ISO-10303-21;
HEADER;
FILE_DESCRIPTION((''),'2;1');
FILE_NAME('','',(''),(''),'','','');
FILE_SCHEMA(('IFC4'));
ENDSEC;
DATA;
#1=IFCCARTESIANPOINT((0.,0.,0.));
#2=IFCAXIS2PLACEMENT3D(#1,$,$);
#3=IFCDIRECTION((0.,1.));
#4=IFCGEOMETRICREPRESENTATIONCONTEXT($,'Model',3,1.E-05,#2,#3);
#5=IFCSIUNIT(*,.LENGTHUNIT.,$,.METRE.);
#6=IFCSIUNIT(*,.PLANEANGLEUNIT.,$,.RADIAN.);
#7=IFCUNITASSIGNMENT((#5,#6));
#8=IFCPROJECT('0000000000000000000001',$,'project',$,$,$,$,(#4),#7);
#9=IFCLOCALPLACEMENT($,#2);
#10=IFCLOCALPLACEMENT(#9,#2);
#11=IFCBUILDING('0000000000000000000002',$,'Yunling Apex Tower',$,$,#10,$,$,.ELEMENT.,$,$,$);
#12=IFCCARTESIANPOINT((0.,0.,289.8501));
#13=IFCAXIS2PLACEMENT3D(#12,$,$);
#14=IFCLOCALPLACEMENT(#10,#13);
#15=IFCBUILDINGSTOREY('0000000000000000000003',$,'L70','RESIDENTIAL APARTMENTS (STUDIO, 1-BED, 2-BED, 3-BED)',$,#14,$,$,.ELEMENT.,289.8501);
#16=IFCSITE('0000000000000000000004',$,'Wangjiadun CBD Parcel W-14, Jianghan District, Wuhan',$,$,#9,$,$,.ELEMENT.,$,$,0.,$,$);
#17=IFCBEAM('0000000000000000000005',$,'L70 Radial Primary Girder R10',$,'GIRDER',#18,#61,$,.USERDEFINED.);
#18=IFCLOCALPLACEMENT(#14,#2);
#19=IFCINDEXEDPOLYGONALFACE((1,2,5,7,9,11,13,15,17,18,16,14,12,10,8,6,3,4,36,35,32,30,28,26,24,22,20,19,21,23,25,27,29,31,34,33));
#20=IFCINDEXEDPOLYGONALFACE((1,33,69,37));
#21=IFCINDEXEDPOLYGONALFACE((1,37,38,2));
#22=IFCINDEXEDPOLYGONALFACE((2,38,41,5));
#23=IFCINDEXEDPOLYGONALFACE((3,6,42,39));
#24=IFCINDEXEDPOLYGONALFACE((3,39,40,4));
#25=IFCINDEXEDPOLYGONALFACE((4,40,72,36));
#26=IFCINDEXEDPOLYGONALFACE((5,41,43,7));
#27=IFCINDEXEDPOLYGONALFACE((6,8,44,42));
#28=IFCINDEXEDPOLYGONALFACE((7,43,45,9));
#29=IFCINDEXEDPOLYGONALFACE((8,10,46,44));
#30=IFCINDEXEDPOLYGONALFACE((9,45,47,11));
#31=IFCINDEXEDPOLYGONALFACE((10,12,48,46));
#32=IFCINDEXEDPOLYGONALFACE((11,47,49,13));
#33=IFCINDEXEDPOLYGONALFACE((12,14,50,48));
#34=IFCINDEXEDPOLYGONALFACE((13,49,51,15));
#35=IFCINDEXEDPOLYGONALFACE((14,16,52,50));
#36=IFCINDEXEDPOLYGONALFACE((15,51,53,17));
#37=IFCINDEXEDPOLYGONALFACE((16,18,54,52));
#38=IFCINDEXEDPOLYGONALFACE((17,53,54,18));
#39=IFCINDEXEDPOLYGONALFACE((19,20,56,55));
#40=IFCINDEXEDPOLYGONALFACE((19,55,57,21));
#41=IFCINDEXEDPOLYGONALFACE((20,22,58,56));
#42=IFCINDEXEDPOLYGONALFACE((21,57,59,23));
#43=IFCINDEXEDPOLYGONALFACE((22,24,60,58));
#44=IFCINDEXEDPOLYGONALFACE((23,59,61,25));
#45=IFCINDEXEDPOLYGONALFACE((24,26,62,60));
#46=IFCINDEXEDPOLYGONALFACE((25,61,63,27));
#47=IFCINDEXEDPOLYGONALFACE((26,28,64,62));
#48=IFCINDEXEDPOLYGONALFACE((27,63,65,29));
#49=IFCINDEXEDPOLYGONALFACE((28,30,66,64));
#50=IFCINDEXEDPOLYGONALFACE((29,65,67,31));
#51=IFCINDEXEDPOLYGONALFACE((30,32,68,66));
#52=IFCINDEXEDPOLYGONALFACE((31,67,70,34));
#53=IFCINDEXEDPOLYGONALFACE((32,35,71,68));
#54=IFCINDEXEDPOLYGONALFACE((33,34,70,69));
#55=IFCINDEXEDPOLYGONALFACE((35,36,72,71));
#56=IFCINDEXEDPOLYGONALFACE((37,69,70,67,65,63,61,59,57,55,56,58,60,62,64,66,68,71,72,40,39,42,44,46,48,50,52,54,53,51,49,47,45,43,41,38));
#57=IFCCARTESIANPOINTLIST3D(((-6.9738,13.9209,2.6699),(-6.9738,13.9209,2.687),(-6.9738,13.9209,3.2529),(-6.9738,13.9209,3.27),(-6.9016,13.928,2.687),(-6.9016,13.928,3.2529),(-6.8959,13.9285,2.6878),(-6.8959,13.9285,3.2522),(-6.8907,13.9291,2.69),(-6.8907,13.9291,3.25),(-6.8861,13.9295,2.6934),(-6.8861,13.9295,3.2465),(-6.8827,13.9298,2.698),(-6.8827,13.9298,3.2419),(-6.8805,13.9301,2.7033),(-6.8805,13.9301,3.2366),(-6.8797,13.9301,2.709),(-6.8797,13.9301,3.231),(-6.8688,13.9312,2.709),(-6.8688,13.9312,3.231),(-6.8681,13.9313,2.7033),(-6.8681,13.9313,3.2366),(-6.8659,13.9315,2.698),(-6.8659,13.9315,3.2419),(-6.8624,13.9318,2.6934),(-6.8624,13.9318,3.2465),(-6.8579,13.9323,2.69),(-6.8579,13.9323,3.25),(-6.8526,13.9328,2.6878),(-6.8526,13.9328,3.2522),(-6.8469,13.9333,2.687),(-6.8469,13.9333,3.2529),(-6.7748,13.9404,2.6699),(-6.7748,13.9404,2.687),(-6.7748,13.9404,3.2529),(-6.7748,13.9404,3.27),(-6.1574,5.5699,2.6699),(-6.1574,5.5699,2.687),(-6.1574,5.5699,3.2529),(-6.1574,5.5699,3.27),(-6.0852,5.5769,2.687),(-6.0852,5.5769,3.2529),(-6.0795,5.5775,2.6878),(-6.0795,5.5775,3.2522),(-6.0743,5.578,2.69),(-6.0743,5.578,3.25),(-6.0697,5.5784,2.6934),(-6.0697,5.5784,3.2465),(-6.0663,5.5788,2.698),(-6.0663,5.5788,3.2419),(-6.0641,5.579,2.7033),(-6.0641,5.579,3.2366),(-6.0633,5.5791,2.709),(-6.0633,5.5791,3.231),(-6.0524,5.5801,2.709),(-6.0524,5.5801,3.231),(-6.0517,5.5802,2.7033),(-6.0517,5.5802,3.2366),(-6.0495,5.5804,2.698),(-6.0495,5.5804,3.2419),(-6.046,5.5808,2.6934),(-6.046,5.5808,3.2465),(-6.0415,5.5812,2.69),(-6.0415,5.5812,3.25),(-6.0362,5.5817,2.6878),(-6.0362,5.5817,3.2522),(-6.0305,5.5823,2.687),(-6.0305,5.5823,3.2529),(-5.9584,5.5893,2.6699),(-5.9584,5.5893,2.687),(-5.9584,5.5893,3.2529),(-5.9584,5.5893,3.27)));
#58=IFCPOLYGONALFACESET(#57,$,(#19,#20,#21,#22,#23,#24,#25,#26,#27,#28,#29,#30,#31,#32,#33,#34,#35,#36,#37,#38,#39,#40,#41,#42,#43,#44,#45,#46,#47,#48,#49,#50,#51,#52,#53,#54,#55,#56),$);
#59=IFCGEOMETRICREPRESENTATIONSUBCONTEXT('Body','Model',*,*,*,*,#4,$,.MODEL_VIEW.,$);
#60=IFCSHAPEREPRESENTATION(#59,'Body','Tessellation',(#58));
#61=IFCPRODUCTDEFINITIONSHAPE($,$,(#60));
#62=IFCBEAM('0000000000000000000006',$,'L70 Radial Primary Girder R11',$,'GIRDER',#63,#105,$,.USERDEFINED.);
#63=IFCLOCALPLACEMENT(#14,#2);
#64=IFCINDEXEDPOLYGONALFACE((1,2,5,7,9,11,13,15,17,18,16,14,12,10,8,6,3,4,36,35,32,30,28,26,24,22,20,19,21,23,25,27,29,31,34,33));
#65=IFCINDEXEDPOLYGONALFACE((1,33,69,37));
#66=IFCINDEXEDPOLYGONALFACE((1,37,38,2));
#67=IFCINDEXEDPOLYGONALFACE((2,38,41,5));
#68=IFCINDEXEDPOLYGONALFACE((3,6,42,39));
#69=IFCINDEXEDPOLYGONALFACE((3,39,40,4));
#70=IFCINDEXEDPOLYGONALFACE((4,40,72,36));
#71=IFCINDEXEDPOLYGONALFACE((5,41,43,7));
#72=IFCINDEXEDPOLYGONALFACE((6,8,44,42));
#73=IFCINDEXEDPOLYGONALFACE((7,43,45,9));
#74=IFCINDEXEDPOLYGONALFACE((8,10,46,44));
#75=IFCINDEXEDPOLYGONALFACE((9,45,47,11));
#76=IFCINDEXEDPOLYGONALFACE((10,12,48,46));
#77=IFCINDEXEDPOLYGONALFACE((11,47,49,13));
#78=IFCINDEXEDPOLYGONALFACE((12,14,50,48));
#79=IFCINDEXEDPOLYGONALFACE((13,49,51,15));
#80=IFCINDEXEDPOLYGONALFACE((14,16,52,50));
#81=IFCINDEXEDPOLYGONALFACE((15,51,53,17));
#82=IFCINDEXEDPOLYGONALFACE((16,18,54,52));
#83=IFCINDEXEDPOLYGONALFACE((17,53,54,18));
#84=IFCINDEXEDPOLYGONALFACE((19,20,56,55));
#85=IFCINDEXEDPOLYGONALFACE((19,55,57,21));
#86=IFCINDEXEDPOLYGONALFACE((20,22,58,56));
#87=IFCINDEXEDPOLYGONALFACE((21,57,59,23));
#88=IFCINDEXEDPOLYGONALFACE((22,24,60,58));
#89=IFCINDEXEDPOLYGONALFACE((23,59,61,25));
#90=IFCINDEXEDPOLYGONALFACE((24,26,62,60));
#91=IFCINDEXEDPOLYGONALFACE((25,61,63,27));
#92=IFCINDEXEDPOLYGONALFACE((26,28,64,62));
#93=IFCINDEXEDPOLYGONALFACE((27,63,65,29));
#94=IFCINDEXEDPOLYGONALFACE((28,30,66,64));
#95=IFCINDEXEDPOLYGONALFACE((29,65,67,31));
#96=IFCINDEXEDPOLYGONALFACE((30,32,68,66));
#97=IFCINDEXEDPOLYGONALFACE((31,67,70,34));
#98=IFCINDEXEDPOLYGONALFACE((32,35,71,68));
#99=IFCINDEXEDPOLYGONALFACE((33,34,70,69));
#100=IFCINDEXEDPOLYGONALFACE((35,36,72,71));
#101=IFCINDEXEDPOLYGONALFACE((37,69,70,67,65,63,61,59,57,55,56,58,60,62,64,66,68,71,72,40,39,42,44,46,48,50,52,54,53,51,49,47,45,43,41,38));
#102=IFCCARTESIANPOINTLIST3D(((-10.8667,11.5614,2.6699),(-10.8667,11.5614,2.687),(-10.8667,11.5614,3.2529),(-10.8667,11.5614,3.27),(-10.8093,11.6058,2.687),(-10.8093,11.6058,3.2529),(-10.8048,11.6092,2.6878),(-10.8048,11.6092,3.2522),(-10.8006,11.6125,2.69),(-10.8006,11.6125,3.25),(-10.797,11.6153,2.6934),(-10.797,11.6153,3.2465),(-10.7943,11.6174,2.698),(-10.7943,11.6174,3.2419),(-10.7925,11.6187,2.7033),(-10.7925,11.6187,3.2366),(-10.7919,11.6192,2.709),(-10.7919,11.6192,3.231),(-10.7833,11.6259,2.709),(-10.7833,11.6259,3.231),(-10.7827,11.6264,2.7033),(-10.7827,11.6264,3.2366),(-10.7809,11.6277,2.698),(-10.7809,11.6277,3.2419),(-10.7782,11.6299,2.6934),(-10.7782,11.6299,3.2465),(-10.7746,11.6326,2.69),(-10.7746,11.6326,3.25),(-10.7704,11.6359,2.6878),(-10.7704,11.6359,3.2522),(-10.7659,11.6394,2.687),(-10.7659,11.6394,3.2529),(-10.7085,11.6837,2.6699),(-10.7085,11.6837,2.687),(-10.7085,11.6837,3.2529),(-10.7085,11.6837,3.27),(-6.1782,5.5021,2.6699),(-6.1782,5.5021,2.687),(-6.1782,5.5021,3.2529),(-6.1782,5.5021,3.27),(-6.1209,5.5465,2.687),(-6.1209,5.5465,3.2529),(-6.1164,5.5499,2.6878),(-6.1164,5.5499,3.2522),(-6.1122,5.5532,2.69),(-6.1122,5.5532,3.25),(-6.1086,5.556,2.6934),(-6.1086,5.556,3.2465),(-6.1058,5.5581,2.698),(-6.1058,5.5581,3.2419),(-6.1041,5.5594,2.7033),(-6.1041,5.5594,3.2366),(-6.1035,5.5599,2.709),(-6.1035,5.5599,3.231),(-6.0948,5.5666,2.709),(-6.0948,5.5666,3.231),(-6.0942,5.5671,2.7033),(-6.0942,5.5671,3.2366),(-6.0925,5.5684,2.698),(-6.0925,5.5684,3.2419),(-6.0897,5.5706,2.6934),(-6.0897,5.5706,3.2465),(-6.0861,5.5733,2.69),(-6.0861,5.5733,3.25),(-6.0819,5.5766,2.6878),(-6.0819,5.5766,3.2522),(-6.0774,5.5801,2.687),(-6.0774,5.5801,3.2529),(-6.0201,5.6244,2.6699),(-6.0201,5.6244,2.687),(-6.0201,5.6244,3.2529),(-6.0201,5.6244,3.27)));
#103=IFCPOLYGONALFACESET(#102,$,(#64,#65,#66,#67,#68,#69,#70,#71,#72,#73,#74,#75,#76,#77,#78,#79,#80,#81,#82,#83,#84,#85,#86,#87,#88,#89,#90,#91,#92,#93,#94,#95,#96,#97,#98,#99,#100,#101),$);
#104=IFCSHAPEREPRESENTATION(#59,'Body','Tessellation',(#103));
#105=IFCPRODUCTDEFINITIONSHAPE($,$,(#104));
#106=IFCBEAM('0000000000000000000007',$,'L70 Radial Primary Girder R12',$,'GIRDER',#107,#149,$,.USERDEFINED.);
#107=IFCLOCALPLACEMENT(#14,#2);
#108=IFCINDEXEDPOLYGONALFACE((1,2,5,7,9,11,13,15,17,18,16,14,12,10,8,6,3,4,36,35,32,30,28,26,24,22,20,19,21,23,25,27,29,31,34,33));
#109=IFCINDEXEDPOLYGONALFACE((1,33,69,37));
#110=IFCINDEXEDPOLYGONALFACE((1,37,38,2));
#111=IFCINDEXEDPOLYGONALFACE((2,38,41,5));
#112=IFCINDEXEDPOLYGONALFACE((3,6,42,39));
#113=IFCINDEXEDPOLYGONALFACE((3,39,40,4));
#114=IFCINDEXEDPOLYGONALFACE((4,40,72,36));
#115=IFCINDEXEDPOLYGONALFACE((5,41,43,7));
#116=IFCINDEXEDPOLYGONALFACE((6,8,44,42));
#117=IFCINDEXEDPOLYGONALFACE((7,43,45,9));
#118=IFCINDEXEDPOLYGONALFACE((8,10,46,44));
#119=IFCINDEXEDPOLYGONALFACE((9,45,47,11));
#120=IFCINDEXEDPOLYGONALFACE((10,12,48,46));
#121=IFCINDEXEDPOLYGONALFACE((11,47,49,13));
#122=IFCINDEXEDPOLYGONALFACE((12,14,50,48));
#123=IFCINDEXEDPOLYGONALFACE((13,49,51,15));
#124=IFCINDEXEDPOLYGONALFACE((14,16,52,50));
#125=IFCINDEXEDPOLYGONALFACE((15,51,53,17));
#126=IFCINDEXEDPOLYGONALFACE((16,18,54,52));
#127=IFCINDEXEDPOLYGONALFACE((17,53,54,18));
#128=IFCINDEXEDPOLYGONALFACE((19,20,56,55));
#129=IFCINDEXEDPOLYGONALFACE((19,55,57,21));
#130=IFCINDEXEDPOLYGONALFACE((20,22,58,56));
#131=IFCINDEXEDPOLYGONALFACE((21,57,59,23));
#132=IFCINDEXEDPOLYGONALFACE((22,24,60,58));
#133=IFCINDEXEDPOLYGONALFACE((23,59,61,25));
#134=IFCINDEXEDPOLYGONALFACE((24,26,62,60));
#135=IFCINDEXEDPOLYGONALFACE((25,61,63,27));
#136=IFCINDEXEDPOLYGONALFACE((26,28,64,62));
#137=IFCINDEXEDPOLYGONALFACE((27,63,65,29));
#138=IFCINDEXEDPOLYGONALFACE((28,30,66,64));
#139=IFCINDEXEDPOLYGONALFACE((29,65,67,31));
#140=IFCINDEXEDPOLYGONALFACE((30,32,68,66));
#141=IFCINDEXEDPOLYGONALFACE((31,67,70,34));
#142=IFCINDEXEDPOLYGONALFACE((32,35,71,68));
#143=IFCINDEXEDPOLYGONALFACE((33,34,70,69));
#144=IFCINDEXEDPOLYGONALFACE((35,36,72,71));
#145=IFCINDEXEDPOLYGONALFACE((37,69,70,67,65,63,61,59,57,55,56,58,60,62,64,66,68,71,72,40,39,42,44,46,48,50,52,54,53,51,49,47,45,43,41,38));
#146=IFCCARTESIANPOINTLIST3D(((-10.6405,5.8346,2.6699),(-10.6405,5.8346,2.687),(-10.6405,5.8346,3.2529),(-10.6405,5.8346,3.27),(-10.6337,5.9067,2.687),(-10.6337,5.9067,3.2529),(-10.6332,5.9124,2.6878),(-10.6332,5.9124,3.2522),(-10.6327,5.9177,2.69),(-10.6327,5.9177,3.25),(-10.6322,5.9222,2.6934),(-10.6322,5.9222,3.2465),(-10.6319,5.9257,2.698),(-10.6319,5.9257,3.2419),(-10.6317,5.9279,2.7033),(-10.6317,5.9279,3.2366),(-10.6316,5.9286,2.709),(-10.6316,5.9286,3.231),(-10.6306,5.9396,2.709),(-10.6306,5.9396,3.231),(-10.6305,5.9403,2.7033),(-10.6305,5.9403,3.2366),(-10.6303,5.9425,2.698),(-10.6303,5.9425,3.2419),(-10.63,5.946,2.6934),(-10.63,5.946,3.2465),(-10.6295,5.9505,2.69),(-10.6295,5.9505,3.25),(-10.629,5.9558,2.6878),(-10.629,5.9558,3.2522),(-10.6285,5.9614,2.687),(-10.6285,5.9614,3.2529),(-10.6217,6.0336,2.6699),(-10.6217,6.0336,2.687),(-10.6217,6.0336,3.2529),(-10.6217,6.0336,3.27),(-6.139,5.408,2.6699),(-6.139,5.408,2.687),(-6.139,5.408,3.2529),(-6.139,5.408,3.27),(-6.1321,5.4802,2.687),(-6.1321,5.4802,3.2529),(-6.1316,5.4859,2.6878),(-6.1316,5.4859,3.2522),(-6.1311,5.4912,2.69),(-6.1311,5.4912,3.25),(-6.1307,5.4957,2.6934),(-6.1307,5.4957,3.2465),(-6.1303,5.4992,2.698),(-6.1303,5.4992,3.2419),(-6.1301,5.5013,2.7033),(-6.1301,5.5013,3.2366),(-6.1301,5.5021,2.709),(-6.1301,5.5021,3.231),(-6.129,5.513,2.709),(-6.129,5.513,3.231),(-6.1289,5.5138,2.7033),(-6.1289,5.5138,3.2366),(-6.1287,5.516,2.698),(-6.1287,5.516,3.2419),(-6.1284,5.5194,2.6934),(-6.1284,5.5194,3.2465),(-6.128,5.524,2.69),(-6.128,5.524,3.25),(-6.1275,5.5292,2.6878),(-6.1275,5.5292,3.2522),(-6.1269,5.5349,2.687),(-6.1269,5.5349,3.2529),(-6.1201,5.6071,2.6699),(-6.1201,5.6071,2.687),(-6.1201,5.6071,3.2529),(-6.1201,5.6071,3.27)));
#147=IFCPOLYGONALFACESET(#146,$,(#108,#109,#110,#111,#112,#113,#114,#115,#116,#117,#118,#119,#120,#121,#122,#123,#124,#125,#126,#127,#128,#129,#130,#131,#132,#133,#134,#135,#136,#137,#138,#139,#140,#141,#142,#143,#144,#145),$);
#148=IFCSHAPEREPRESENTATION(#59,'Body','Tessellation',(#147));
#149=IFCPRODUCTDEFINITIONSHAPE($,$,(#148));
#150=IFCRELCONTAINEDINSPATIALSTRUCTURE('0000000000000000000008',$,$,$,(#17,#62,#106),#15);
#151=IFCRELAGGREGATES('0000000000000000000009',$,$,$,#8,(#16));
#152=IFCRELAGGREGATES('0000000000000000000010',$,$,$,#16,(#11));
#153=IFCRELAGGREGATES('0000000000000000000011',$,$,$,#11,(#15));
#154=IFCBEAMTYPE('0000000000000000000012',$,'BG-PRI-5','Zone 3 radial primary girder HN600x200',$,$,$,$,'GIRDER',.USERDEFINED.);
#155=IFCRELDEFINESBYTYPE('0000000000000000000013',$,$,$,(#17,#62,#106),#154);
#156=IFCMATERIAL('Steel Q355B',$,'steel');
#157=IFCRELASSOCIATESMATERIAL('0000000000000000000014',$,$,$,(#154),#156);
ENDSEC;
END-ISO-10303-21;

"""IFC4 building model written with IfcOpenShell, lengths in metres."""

from ifc_helpers import new_model, si_unit, direction, frame, origin, origin_2d, place, context, subcontext, project, spatial, i_section, extrude, source, transform, mapped, material, material_profile, profile_set, type_object, element, save


model = new_model("IFC4")

# Units and contexts
model_context = context("Model", 3, precision=1e-05, world=origin(), true_north=direction((0.0, 1.0)))
body_context = subcontext(model_context, "Body", "Model", "MODEL_VIEW")
ifc_project = project(units=[si_unit("LENGTHUNIT", "METRE"), si_unit("PLANEANGLEUNIT", "RADIAN")], contexts=[model_context])

# Site, building, storey
site_placement = place(None, origin())
site = spatial("IfcSite", under=ifc_project, at=site_placement, Name="Wangjiadun CBD Parcel W-14, Jianghan District, Wuhan", CompositionType="ELEMENT", RefElevation=0.0)
building_placement = place(site_placement, origin())
building = spatial("IfcBuilding", under=site, at=building_placement, Name="Yunling Apex Tower", CompositionType="ELEMENT")
storey_placement = place(building_placement, frame((0.0, 0.0, 289.8501)))
storey = spatial("IfcBuildingStorey", under=building, at=storey_placement, Name="L70", Description="RESIDENTIAL APARTMENTS (STUDIO, 1-BED, 2-BED, 3-BED)", CompositionType="ELEMENT", Elevation=289.8501)

# Shared definitions
ifc_material_1 = material(Name="Steel Q355B", Category="steel")

# Beams
ifc_material_profile_1 = material_profile(ifc_material_1, i_section(OverallWidth=0.2, OverallDepth=0.6001, WebThickness=0.011, FlangeThickness=0.0171, FilletRadius=0.022, at=origin_2d()))
ifc_profile_set_1 = profile_set([ifc_material_profile_1], Name="Steel Q355B")
beam_type_1 = type_object("IfcBeamType", Name="BG-PRI-5", Description="Zone 3 radial primary girder HN600x200", ElementType="GIRDER", PredefinedType="USERDEFINED", material=ifc_profile_set_1)
shared_shape_1 = source(origin(), body_context, "Body", "SweptSolid", [
    extrude(i_section(OverallWidth=0.2, OverallDepth=0.6001, WebThickness=0.011, FlangeThickness=0.0171, FilletRadius=0.022, at=origin_2d()), origin(), (0.0, 0.0, 1.0), 8.3909),
])
beam_1_placement = place(storey_placement, frame((-6.8743, 13.9307, 2.97), z_axis=(0.097297, -0.995255, 0.0), x_axis=(0.995255, 0.097297, 0.0)))
element("IfcBeam", 1, at=beam_1_placement, inside=storey, type_object=beam_type_1, Name="L70 Radial Primary Girder R10", ObjectType="GIRDER", PredefinedType="USERDEFINED", context=body_context, shape_type="MappedRepresentation", body=[
    mapped(shared_shape_1, transform((0.0, 0.0, 0.0), scale=1.0)),
])
shared_shape_2 = source(origin(), body_context, "Body", "SweptSolid", [
    extrude(i_section(OverallWidth=0.2, OverallDepth=0.6001, WebThickness=0.011, FlangeThickness=0.0171, FilletRadius=0.022, at=origin_2d()), origin(), (0.0, 0.0, 1.0), 7.6614),
])
beam_2_placement = place(storey_placement, frame((-10.7876, 11.6226, 2.97), z_axis=(0.61196, -0.790889, 0.0), x_axis=(0.790889, 0.61196, 0.0)))
element("IfcBeam", 2, at=beam_2_placement, inside=storey, type_object=beam_type_1, Name="L70 Radial Primary Girder R11", ObjectType="GIRDER", PredefinedType="USERDEFINED", context=body_context, shape_type="MappedRepresentation", body=[
    mapped(shared_shape_2, transform((0.0, 0.0, 0.0), scale=1.0)),
])
shared_shape_3 = source(origin(), body_context, "Body", "SweptSolid", [
    extrude(i_section(OverallWidth=0.2, OverallDepth=0.6001, WebThickness=0.011, FlangeThickness=0.0171, FilletRadius=0.022, at=origin_2d()), origin(), (0.0, 0.0, 1.0), 4.5217),
])
beam_3_placement = place(storey_placement, frame((-10.6311, 5.9341, 2.97), z_axis=(0.995541, -0.094328, 0.0), x_axis=(0.094328, 0.995541, 0.0)))
element("IfcBeam", 3, at=beam_3_placement, inside=storey, type_object=beam_type_1, Name="L70 Radial Primary Girder R12", ObjectType="GIRDER", PredefinedType="USERDEFINED", context=body_context, shape_type="MappedRepresentation", body=[
    mapped(shared_shape_3, transform((0.0, 0.0, 0.0), scale=1.0)),
])

save(model, "model.ifc")
